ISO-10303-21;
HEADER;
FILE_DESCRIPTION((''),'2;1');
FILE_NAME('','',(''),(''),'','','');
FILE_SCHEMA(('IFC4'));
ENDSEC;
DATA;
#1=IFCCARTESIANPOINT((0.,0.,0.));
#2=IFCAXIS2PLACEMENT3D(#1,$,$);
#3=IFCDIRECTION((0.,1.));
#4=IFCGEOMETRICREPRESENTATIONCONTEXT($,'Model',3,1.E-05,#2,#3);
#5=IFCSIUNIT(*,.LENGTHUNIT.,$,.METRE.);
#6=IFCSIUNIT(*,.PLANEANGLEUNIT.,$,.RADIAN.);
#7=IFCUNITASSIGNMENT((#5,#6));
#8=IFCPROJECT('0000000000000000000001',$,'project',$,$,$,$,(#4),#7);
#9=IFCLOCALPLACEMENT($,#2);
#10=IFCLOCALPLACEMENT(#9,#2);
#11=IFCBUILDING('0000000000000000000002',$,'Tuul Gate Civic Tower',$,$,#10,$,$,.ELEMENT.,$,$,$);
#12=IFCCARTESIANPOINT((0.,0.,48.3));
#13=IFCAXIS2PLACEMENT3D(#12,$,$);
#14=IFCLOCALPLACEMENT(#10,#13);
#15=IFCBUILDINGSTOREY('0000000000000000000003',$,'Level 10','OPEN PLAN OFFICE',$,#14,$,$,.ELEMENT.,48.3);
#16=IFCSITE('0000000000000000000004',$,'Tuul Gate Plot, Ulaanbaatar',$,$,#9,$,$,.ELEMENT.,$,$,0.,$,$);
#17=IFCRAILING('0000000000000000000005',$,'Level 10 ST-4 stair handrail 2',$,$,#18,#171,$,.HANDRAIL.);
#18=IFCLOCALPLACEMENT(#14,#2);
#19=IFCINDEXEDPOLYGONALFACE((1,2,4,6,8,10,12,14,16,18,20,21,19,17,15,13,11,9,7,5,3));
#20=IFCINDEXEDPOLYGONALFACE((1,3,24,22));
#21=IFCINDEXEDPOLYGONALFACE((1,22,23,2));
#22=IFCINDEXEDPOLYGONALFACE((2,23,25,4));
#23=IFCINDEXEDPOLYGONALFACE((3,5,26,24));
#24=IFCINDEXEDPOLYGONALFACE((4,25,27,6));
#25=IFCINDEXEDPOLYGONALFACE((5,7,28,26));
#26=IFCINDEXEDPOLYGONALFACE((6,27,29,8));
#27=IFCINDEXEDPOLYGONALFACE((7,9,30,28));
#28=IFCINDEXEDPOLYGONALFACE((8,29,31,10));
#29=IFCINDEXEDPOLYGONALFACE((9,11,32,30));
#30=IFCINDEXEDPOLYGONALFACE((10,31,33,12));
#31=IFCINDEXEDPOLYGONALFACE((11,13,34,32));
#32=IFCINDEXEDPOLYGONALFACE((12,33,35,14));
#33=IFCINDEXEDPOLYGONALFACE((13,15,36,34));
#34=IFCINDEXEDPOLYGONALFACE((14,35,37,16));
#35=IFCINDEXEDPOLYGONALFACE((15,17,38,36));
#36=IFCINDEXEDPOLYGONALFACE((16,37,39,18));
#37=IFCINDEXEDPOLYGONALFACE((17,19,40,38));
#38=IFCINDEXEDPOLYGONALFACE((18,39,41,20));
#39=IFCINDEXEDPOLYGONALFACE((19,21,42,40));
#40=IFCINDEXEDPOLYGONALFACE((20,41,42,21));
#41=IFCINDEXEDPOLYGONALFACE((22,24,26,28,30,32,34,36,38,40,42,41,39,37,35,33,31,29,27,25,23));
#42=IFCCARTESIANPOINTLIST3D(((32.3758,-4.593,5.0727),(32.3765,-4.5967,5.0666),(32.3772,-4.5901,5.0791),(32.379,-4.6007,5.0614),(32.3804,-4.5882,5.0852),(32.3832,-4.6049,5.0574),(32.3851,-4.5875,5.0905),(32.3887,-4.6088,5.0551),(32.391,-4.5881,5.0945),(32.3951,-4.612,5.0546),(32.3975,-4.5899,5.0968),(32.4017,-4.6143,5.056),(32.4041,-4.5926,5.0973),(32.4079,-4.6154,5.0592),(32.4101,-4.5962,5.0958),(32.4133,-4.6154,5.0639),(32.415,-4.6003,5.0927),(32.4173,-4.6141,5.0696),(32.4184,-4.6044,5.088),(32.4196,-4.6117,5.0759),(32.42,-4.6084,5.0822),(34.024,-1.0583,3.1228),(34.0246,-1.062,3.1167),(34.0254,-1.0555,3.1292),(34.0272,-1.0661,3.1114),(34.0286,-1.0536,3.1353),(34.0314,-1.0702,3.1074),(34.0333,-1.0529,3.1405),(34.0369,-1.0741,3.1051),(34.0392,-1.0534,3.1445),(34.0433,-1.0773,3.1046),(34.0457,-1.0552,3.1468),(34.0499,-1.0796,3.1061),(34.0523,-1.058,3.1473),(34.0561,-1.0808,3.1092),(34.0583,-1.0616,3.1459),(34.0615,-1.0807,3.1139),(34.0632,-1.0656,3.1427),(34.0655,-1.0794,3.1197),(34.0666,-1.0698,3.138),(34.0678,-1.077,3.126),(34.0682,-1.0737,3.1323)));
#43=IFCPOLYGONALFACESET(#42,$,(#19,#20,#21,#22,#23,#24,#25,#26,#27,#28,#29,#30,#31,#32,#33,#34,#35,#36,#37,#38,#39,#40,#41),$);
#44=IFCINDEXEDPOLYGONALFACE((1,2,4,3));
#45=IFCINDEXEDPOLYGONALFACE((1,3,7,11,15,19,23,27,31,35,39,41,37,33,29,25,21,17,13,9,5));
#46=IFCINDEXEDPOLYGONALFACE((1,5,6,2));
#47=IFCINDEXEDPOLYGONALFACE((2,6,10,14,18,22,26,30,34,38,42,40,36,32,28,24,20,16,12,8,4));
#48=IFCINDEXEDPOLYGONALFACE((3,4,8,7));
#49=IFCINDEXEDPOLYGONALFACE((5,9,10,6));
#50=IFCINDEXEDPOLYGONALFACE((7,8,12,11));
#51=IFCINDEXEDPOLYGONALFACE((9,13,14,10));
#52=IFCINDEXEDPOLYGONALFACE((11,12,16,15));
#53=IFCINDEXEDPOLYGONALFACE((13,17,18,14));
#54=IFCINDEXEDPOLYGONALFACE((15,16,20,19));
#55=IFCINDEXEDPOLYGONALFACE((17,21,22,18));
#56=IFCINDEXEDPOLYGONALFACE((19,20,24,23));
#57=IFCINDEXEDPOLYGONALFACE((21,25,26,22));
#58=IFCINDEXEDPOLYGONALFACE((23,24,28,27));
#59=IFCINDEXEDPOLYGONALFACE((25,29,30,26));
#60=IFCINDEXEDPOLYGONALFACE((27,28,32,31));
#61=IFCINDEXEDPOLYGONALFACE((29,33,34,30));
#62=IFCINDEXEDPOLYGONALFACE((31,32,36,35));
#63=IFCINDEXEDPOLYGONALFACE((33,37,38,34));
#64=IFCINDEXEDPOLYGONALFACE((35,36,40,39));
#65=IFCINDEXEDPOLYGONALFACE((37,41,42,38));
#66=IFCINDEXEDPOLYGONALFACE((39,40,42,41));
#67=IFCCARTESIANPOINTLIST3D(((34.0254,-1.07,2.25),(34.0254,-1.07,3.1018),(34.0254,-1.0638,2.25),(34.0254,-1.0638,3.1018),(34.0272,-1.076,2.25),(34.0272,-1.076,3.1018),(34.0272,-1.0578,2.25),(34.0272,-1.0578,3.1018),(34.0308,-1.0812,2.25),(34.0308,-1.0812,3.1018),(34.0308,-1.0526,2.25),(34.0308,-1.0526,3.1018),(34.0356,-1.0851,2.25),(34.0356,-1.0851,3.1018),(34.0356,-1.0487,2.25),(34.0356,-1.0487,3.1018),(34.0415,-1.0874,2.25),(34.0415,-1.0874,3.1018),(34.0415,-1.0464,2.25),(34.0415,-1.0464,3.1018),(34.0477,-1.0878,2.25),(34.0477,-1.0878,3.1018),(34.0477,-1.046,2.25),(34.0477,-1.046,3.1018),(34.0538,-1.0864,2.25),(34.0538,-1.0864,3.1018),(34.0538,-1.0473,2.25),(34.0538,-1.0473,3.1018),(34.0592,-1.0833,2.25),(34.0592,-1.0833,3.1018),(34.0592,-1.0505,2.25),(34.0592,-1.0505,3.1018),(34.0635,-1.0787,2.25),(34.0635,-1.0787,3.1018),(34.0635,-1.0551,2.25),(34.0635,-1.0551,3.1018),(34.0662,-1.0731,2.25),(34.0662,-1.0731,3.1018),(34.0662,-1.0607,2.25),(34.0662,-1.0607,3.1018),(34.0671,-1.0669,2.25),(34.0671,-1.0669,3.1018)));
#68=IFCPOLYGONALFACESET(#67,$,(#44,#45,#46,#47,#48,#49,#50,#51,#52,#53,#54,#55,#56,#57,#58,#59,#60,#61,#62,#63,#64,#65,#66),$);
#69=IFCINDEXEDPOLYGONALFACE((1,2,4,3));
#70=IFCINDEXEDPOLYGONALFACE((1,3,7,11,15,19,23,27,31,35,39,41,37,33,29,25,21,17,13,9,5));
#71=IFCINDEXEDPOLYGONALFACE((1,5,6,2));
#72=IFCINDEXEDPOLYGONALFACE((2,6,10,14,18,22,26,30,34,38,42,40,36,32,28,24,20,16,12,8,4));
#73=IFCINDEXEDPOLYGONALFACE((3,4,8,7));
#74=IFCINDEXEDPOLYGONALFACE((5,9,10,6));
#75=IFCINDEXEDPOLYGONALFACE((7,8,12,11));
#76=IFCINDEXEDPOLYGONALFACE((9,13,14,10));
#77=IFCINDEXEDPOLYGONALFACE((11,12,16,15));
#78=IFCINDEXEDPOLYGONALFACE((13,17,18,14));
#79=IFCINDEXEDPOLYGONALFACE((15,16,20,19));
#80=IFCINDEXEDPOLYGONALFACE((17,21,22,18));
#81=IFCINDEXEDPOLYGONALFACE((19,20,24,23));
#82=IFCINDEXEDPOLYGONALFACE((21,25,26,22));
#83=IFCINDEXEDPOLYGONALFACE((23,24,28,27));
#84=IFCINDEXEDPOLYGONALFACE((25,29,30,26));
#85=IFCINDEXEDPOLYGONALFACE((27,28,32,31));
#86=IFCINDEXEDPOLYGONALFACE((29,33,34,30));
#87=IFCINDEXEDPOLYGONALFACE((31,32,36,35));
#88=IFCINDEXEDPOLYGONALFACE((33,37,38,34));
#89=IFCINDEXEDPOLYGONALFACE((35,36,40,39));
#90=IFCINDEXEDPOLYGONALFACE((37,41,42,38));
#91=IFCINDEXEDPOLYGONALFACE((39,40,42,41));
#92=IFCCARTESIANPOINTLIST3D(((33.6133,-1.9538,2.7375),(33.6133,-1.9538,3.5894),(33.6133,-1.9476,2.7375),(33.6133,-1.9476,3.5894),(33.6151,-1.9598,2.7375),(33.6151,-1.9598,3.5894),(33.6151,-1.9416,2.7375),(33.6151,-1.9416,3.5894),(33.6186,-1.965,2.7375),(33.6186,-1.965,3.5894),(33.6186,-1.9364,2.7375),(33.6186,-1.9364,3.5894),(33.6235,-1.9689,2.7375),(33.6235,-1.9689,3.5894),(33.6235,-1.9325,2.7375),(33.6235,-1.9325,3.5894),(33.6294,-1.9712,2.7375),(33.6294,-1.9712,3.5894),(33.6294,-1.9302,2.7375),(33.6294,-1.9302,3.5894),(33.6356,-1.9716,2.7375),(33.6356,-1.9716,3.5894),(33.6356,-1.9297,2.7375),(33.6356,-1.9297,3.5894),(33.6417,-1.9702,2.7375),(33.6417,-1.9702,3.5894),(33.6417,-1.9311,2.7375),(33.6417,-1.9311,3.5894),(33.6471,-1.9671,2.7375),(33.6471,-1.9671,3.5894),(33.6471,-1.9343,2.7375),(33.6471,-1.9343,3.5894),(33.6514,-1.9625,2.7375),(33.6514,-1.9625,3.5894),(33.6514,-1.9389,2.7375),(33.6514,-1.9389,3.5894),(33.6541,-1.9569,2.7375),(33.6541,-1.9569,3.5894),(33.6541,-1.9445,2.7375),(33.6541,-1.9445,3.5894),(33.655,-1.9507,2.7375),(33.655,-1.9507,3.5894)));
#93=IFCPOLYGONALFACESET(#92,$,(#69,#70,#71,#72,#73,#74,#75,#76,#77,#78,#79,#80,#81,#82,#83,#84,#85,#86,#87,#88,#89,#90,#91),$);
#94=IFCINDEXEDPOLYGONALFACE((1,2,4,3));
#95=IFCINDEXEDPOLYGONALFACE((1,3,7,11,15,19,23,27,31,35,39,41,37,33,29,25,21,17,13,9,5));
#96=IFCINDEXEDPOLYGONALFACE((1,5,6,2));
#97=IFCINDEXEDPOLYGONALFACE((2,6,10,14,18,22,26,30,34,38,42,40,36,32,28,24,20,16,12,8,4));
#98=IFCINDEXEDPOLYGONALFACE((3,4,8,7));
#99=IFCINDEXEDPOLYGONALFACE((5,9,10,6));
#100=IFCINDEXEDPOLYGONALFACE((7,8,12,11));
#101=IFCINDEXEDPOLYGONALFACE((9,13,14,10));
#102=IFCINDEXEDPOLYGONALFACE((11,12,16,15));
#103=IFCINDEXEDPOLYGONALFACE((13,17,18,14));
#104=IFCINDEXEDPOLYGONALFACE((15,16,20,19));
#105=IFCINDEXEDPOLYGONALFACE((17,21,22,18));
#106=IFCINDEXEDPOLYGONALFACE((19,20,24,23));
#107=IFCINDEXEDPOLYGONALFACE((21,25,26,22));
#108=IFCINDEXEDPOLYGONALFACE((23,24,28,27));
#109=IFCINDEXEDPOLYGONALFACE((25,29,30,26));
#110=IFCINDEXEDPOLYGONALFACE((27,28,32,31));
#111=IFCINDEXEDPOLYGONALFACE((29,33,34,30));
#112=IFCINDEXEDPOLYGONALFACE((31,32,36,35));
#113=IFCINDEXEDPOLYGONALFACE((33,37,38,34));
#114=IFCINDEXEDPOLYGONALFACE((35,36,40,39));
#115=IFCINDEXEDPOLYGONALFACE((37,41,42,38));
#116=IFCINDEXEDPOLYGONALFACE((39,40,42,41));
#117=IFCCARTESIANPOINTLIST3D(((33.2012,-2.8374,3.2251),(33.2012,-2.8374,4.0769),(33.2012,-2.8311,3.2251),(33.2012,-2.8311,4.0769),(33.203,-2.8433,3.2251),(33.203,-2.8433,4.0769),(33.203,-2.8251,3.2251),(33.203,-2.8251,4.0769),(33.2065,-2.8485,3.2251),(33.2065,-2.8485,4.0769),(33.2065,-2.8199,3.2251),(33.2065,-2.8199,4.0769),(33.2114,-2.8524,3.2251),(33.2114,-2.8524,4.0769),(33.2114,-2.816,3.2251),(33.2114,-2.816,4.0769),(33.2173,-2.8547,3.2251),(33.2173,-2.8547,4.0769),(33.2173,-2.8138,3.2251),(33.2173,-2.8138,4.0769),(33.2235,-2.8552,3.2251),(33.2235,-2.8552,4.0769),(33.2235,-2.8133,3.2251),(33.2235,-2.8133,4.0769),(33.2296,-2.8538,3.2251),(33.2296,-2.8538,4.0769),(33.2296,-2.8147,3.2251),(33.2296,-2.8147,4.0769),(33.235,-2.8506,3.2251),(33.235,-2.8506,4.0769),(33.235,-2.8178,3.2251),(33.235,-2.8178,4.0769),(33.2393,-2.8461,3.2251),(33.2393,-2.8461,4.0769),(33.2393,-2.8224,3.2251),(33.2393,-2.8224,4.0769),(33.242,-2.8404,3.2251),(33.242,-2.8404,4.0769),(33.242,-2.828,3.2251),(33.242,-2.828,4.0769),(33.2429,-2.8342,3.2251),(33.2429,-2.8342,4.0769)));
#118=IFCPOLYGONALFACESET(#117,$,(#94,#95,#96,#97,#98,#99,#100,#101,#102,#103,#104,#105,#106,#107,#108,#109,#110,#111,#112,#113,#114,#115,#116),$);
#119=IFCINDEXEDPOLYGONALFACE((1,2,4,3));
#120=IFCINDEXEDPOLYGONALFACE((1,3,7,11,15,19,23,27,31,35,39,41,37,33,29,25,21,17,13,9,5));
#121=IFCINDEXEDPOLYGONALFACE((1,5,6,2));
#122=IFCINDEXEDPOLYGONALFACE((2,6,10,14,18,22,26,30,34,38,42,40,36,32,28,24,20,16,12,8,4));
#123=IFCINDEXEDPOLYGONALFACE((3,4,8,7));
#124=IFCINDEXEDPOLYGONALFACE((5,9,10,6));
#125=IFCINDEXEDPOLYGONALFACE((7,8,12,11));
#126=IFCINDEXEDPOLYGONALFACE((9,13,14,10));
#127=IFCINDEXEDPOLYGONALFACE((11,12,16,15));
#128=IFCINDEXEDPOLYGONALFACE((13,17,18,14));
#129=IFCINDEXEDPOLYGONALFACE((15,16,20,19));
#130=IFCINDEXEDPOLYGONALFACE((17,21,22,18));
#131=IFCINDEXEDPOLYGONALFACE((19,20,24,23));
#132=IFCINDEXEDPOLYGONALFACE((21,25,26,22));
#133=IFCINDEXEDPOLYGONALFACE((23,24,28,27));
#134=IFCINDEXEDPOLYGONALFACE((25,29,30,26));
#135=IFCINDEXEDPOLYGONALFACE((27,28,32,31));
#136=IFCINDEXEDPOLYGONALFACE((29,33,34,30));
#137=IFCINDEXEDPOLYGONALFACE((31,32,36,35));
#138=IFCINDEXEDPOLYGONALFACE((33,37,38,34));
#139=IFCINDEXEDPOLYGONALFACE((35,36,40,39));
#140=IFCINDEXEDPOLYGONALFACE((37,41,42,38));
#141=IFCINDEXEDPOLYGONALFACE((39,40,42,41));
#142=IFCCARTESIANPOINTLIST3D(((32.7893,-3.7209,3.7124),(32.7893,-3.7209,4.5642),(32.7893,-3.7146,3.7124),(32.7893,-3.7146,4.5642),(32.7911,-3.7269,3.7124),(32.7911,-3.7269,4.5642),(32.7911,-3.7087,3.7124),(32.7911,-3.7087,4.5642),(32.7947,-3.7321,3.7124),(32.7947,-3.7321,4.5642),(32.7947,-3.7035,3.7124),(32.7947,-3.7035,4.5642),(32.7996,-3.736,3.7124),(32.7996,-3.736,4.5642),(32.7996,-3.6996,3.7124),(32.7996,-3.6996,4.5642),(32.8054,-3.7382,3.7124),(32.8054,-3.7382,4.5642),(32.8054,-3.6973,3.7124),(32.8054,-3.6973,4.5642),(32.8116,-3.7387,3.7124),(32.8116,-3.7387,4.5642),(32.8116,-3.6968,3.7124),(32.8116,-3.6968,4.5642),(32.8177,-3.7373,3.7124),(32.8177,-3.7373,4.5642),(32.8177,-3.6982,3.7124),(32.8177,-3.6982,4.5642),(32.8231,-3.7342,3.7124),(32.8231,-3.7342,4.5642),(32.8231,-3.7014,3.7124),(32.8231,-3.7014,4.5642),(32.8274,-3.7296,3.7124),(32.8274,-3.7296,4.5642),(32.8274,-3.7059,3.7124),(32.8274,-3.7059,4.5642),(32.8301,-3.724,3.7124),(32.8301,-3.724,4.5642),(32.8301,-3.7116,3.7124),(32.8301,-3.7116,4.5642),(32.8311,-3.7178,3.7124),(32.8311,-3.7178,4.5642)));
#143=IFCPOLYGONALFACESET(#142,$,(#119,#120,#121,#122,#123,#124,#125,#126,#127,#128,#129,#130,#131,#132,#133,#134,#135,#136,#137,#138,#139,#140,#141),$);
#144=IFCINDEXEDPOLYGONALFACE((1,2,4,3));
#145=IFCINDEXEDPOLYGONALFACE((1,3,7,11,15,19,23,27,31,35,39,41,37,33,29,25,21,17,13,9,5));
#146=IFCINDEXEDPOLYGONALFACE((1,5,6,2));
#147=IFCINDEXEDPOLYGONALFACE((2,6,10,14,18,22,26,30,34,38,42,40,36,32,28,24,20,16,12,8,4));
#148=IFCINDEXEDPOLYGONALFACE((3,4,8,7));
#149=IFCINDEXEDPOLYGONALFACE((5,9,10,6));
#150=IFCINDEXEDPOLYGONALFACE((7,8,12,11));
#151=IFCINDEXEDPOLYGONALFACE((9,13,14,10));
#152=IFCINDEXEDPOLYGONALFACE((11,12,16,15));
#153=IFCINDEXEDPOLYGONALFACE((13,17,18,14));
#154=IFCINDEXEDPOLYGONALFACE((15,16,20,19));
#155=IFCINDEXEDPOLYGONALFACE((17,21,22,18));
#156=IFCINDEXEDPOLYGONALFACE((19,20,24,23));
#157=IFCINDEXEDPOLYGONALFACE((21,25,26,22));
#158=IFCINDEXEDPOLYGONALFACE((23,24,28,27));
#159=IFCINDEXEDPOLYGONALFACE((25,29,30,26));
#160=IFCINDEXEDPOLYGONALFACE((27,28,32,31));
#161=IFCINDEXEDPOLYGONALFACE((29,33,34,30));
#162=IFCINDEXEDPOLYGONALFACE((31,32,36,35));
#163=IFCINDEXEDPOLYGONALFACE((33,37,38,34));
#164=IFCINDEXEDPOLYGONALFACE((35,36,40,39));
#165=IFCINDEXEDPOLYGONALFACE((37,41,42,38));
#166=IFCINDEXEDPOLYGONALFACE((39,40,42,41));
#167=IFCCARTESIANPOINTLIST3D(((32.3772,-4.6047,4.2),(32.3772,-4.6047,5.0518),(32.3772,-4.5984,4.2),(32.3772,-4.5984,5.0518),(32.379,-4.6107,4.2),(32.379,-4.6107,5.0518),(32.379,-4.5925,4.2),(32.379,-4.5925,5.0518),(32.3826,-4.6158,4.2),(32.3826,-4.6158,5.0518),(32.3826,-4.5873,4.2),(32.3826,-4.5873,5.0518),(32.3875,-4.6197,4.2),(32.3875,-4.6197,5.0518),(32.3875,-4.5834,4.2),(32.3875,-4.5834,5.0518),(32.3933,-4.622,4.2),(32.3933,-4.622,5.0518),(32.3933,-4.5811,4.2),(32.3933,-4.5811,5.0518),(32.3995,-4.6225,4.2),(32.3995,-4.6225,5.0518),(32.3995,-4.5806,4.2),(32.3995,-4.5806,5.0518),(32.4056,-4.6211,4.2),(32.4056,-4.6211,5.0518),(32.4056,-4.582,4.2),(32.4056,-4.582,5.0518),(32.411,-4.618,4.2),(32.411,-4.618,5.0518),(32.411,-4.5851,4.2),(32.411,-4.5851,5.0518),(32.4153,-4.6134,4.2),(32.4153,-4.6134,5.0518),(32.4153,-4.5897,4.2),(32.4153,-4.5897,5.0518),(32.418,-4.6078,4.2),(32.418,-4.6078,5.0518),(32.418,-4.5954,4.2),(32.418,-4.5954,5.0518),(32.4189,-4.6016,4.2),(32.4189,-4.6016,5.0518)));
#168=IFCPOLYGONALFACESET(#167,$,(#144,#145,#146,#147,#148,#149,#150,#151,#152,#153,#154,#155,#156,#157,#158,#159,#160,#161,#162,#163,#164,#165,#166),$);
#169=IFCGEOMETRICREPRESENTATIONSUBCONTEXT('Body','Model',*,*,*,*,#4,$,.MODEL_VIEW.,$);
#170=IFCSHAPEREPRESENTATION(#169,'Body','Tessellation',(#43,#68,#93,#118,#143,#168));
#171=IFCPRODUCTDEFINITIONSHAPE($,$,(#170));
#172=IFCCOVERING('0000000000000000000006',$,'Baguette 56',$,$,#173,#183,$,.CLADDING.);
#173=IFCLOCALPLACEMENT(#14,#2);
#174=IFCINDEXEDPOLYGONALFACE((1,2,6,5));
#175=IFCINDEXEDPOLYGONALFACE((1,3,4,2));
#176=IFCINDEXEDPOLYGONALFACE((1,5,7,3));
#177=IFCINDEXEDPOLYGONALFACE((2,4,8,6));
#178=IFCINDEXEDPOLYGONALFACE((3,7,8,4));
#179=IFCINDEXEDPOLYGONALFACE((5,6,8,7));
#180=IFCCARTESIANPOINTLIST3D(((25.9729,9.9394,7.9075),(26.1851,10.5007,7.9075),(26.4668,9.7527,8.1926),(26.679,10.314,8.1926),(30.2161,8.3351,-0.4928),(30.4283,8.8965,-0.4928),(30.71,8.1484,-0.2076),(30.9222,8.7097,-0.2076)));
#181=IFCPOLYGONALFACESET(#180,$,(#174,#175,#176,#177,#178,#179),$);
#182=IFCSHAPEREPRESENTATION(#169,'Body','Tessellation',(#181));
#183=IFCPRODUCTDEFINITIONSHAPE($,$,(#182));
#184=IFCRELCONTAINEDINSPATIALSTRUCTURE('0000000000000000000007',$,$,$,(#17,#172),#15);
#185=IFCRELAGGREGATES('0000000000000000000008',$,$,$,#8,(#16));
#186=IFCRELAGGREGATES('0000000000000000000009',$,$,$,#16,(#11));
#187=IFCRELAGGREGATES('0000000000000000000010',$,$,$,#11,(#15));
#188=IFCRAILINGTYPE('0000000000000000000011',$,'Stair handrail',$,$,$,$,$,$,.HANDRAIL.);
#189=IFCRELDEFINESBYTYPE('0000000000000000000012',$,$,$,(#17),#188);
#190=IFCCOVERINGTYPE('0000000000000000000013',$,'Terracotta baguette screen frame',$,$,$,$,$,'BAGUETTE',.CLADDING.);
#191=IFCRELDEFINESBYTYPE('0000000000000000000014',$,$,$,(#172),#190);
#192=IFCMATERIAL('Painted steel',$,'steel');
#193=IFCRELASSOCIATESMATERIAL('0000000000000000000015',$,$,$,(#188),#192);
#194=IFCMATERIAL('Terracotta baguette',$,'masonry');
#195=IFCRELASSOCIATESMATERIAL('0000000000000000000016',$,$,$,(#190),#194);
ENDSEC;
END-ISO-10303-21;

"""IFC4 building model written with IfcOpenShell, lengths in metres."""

from ifc_helpers import new_model, si_unit, direction, frame, origin, origin_2d, place, context, subcontext, project, spatial, rectangle, circle, extrude, material, material_profile, profile_set, type_object, element, save


model = new_model("IFC4")

# Units and contexts
model_context = context("Model", 3, precision=1e-05, world=origin(), true_north=direction((0.0, 1.0)))
body_context = subcontext(model_context, "Body", "Model", "MODEL_VIEW")
ifc_project = project(units=[si_unit("LENGTHUNIT", "METRE"), si_unit("PLANEANGLEUNIT", "RADIAN")], contexts=[model_context])

# Site, building, storey
site_placement = place(None, origin())
site = spatial("IfcSite", under=ifc_project, at=site_placement, Name="Tuul Gate Plot, Ulaanbaatar", CompositionType="ELEMENT", RefElevation=0.0)
building_placement = place(site_placement, origin())
building = spatial("IfcBuilding", under=site, at=building_placement, Name="Tuul Gate Civic Tower", CompositionType="ELEMENT")
storey_placement = place(building_placement, frame((0.0, 0.0, 48.3)))
storey = spatial("IfcBuildingStorey", under=building, at=storey_placement, Name="Level 10", Description="OPEN PLAN OFFICE", CompositionType="ELEMENT", Elevation=48.3)

# Railing
ifc_material_1 = material(Name="Painted steel", Category="steel")
railing_type = type_object("IfcRailingType", Name="Stair handrail", PredefinedType="HANDRAIL", material=ifc_material_1)
railing_placement = place(storey_placement, frame((34.0461, -1.0669, 2.25)))
element("IfcRailing", 1, at=railing_placement, inside=storey, type_object=railing_type, Name="Level 10 ST-4 stair handrail 2", PredefinedType="HANDRAIL", context=body_context, shape_type="SweptSolid", body=[
    extrude(circle(Radius=0.0239, at=origin_2d()), frame((0.0, 0.0, 0.876), z_axis=(-0.377995, -0.810637, 0.4472), x_axis=(0.906313, -0.422608, 0.0)), (0.0, 0.0, 1.0), 4.3604),
    extrude(circle(Radius=0.021, at=origin_2d()), origin(), (0.0, 0.0, 1.0), 0.8518),
    extrude(circle(Radius=0.021, at=origin_2d()), frame((-0.4121, -0.8838, 0.4875)), (0.0, 0.0, 1.0), 0.8518),
    extrude(circle(Radius=0.021, at=origin_2d()), frame((-0.8242, -1.7673, 0.9751)), (0.0, 0.0, 1.0), 0.8518),
    extrude(circle(Radius=0.021, at=origin_2d()), frame((-1.2361, -2.6509, 1.4624)), (0.0, 0.0, 1.0), 0.8518),
    extrude(circle(Radius=0.021, at=origin_2d()), frame((-1.6482, -3.5347, 1.95)), (0.0, 0.0, 1.0), 0.8518),
])

# Covering
ifc_material_2 = material(Name="Terracotta baguette", Category="masonry")
ifc_material_profile_1 = material_profile(ifc_material_2, rectangle(XDim=0.6001, YDim=0.6001, at=origin_2d()), Name="Terracotta baguette screen frame")
ifc_profile_set_1 = profile_set([ifc_material_profile_1], Name="Terracotta baguette")
covering_type = type_object("IfcCoveringType", Name="Terracotta baguette screen frame", ElementType="BAGUETTE", PredefinedType="CLADDING", material=ifc_profile_set_1)
covering_placement = place(storey_placement, frame((26.3259, 10.1267, 8.05), z_axis=(0.444461, -0.168041, -0.879896), x_axis=(0.353647, 0.935379, 0.0)))
element("IfcCovering", 2, at=covering_placement, inside=storey, type_object=covering_type, Name="Baguette 56", PredefinedType="CLADDING", context=body_context, shape_type="SweptSolid", body=[
    extrude(rectangle(XDim=0.6001, YDim=0.6001, at=origin_2d()), origin(), (0.0, 0.0, 1.0), 9.5469),
])

save(model, "model.ifc")
